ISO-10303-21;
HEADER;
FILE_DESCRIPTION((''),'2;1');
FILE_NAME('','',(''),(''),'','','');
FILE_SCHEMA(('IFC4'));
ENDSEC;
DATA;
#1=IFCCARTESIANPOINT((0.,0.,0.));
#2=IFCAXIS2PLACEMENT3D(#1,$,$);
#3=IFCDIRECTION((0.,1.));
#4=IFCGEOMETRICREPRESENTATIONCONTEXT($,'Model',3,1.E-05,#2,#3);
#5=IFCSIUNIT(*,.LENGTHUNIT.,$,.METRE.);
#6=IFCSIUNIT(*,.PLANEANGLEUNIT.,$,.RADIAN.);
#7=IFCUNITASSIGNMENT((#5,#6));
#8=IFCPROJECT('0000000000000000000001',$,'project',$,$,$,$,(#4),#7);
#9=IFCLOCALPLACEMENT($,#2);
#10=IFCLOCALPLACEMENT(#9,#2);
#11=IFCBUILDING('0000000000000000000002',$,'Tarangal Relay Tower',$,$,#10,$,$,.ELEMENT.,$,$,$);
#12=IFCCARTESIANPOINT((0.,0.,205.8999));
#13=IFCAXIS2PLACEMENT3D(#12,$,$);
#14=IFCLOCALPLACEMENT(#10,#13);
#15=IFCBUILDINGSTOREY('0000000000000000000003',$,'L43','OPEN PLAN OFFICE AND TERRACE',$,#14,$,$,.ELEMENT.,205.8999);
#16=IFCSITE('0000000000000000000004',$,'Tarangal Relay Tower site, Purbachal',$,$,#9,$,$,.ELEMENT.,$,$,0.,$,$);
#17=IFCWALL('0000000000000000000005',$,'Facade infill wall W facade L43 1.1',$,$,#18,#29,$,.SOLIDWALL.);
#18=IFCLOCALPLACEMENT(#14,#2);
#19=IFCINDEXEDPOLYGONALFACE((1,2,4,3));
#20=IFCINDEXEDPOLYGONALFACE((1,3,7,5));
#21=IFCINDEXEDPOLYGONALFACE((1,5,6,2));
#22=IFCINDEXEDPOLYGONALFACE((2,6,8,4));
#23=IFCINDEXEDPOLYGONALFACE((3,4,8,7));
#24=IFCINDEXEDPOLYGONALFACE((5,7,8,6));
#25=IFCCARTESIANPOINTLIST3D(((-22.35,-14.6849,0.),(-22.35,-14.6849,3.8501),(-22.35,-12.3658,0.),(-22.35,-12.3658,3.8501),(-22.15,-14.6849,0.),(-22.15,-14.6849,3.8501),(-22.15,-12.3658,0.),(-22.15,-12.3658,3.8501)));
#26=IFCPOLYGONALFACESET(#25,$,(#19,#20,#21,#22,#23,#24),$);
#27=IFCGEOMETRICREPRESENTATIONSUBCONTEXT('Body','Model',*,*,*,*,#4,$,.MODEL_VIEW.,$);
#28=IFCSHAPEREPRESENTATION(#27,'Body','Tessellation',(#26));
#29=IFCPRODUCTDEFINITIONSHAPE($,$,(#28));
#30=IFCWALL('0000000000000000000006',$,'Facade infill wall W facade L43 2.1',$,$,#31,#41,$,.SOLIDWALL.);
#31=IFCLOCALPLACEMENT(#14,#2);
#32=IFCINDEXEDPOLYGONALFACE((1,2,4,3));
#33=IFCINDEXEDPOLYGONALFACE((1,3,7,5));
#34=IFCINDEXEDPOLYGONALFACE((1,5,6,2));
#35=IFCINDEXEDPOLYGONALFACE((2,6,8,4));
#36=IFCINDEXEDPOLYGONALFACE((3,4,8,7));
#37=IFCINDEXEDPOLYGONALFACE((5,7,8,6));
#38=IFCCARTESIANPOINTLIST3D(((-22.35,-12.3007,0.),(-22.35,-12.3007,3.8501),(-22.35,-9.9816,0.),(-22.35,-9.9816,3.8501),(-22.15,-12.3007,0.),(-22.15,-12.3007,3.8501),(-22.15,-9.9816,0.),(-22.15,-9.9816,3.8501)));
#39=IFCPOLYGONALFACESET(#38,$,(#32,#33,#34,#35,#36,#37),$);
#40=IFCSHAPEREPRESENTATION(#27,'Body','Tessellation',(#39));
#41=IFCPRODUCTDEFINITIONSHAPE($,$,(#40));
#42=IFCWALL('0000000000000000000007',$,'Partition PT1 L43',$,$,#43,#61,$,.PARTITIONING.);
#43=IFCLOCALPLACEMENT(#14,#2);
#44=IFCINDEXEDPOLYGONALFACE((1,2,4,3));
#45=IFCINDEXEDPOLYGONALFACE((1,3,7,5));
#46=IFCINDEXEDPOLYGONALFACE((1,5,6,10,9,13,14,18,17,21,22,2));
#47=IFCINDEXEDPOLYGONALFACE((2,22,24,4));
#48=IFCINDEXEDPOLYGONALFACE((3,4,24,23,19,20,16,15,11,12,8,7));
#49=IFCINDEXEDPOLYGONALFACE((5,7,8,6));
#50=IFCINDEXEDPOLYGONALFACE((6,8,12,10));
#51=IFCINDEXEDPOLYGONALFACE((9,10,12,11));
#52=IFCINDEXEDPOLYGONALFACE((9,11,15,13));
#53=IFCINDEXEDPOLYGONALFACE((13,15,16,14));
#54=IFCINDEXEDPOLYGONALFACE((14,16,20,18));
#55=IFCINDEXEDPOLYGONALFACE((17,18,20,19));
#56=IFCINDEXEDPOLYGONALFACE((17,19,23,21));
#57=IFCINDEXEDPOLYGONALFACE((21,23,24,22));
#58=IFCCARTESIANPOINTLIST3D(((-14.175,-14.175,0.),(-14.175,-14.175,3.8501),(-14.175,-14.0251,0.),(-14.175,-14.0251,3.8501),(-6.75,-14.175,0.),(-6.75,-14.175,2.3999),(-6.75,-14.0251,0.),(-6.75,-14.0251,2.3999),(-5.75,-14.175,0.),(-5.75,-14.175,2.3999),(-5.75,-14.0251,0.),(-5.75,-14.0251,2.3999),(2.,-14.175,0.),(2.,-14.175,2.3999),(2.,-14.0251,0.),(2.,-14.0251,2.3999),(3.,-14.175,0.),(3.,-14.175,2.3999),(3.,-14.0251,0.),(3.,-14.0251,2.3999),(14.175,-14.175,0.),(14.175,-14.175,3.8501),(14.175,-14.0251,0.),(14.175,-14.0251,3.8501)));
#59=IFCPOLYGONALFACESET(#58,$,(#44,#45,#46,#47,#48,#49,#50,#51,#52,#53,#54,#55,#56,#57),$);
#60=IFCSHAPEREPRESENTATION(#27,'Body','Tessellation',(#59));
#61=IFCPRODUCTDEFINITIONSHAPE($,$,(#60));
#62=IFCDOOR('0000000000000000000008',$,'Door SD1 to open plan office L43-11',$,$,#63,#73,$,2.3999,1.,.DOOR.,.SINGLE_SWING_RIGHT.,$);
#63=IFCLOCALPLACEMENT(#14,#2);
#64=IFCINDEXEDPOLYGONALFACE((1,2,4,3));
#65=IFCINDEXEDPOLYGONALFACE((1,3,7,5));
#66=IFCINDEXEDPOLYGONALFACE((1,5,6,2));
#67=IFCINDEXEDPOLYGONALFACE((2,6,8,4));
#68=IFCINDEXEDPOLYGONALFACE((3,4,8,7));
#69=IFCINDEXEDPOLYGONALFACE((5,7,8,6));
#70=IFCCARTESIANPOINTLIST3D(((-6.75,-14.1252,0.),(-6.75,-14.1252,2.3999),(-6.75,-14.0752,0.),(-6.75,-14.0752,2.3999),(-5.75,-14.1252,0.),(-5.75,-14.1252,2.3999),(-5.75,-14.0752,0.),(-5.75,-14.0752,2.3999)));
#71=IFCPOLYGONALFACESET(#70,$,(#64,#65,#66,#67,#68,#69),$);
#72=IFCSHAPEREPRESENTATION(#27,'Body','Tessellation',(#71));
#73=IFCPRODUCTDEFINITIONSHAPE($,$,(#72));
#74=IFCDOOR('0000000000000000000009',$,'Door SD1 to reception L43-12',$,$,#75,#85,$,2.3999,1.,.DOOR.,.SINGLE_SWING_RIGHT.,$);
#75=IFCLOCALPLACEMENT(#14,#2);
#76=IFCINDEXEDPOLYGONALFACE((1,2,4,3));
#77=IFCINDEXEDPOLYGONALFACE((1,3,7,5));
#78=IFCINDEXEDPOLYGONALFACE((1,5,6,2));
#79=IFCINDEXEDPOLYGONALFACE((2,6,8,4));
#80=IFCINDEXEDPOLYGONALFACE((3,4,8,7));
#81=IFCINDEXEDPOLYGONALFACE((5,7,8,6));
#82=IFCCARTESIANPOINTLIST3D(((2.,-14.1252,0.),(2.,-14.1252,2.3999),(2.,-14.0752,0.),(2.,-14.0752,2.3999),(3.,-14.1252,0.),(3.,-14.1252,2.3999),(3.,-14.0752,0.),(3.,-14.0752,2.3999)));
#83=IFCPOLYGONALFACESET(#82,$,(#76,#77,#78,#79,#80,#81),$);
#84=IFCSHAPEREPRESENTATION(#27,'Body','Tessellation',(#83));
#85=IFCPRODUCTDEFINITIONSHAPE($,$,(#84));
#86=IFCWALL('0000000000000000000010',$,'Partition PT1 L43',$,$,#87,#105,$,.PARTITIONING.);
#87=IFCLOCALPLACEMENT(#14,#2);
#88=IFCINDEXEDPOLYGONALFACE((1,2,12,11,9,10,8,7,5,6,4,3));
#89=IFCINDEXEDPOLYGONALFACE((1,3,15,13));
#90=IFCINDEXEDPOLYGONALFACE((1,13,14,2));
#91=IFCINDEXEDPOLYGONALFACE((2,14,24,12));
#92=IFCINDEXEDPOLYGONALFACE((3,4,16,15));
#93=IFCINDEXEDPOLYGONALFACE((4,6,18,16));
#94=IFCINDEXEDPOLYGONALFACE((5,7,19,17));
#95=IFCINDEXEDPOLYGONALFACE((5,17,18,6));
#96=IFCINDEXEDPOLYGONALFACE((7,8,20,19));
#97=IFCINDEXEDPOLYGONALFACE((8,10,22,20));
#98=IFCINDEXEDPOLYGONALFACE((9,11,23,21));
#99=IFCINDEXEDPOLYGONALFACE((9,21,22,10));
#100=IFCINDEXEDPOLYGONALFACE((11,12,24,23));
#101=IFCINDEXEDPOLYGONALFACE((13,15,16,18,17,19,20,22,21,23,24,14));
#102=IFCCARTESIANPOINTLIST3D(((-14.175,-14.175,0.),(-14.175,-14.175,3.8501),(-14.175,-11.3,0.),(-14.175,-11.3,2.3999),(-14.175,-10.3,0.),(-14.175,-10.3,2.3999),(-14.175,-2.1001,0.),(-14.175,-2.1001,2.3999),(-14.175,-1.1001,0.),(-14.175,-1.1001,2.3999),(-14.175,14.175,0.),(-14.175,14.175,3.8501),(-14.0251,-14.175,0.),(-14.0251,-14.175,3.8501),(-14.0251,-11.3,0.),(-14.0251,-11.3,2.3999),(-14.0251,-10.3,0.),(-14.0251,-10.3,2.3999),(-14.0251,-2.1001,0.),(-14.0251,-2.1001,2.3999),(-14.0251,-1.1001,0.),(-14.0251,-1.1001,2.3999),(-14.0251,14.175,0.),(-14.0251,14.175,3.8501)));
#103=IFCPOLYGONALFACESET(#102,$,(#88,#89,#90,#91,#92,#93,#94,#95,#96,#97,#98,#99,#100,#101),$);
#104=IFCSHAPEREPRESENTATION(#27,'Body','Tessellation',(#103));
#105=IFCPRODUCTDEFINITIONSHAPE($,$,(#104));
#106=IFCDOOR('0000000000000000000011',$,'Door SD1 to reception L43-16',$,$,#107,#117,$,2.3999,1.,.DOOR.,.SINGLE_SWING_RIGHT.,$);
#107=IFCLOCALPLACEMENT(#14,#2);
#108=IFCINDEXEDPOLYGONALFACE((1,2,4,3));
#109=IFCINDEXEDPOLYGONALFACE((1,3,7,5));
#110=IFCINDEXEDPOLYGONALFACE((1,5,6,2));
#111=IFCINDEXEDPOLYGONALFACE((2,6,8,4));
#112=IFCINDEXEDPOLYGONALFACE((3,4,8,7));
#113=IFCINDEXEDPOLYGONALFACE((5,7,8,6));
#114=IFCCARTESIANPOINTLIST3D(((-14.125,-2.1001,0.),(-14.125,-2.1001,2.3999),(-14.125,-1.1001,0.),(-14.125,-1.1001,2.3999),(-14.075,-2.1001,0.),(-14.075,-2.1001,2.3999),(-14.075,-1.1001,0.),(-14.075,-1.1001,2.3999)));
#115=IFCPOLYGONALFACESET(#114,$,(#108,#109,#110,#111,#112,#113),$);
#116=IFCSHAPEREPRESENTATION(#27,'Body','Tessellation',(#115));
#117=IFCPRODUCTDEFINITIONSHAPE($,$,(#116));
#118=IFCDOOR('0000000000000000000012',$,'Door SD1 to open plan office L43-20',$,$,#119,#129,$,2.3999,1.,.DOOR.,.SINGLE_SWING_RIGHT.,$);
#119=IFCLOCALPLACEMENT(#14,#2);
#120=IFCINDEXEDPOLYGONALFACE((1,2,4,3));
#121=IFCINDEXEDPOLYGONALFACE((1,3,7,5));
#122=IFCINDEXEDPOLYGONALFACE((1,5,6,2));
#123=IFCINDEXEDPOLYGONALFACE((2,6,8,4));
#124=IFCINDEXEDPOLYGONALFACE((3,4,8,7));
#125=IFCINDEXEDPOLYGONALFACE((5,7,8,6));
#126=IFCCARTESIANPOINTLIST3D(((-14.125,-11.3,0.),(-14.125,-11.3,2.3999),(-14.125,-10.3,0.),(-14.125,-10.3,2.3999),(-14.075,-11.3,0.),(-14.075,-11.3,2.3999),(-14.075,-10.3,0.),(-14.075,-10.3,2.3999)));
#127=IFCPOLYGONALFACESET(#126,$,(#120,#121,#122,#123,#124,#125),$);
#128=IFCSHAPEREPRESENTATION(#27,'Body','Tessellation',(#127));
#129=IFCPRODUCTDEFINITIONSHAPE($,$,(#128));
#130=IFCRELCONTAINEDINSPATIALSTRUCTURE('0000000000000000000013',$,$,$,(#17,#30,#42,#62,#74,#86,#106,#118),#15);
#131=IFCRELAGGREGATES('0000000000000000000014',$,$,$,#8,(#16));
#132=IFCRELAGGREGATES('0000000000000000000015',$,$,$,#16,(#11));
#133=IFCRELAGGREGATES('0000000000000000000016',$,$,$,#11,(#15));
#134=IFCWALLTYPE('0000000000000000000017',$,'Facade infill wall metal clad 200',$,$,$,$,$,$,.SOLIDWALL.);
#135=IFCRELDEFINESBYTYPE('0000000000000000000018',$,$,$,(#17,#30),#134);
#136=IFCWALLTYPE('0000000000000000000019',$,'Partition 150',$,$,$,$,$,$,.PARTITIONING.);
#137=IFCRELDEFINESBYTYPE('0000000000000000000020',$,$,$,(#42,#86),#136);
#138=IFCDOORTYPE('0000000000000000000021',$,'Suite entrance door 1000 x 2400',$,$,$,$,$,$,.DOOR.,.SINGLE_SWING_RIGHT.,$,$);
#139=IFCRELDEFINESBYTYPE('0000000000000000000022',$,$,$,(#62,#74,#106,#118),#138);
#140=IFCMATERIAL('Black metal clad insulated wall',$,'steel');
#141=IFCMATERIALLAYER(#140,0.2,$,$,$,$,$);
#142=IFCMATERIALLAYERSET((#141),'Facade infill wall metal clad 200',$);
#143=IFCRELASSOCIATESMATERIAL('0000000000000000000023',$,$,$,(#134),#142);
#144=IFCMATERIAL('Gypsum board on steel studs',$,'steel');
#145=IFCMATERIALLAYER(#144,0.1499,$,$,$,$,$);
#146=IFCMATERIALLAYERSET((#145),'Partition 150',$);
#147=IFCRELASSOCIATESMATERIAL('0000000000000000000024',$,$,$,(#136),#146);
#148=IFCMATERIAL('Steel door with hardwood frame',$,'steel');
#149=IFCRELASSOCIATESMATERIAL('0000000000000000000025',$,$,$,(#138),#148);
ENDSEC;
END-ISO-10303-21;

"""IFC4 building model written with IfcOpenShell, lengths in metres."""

from ifc_helpers import new_model, si_unit, direction, frame, frame_2d, origin, place, context, subcontext, project, spatial, rectangle, extrude, material, layer, layer_set, type_object, element, fill, save


model = new_model("IFC4")

# Units and contexts
model_context = context("Model", 3, precision=1e-05, world=origin(), true_north=direction((0.0, 1.0)))
body_context = subcontext(model_context, "Body", "Model", "MODEL_VIEW")
ifc_project = project(units=[si_unit("LENGTHUNIT", "METRE"), si_unit("PLANEANGLEUNIT", "RADIAN")], contexts=[model_context])

# Site, building, storey
site_placement = place(None, origin())
site = spatial("IfcSite", under=ifc_project, at=site_placement, Name="Tarangal Relay Tower site, Purbachal", CompositionType="ELEMENT", RefElevation=0.0)
building_placement = place(site_placement, origin())
building = spatial("IfcBuilding", under=site, at=building_placement, Name="Tarangal Relay Tower", CompositionType="ELEMENT")
storey_placement = place(building_placement, frame((0.0, 0.0, 205.8999)))
storey = spatial("IfcBuildingStorey", under=building, at=storey_placement, Name="L43", Description="OPEN PLAN OFFICE AND TERRACE", CompositionType="ELEMENT", Elevation=205.8999)

# Shared definitions
ifc_material_1 = material(Name="Black metal clad insulated wall", Category="steel")

# Walls
ifc_layer_1 = layer(ifc_material_1, 0.2)
ifc_layer_set_1 = layer_set([ifc_layer_1], Name="Facade infill wall metal clad 200")
wall_type_1 = type_object("IfcWallType", Name="Facade infill wall metal clad 200", PredefinedType="SOLIDWALL", material=ifc_layer_set_1)
for number, where, z_axis, x_axis, name in (
    (1, (-22.25, -14.6851, 0.0), (0.0, 0.0, 1.0), (0.0, 1.0, 0.0), "Facade infill wall W facade L43 1.1"),
    (2, (-22.25, -12.3008, 0.0), (0.0, 0.0, 1.0), (0.0, 1.0, 0.0), "Facade infill wall W facade L43 2.1"),
):
    element("IfcWall", number, at=place(storey_placement, frame(where, z_axis=z_axis, x_axis=x_axis)), inside=storey, type_object=wall_type_1, Name=name, PredefinedType="SOLIDWALL", context=body_context, shape_type="SweptSolid", body=[
        extrude(rectangle(XDim=2.3191, YDim=0.2, at=frame_2d((1.1597, 0.0))), origin(), (0.0, 0.0, 1.0), 3.8501),
    ])

# Walls, openings, doors
ifc_material_2 = material(Name="Gypsum board on steel studs", Category="steel")
ifc_layer_2 = layer(ifc_material_2, 0.1499)
ifc_layer_set_2 = layer_set([ifc_layer_2], Name="Partition 150")
wall_type_2 = type_object("IfcWallType", Name="Partition 150", PredefinedType="PARTITIONING", material=ifc_layer_set_2)
wall_1_placement = place(storey_placement, frame((-14.175, -14.1001, 0.0), z_axis=(0.0, 0.0, 1.0), x_axis=(1.0, 0.0, 0.0)))
wall_1 = element("IfcWall", 3, at=wall_1_placement, inside=storey, type_object=wall_type_2, Name="Partition PT1 L43", PredefinedType="PARTITIONING", context=body_context, shape_type="SweptSolid", body=[
    extrude(rectangle(XDim=28.3501, YDim=0.1499, at=frame_2d((14.175, 0.0))), origin(), (0.0, 0.0, 1.0), 3.8501),
])
opening_1_placement = place(wall_1_placement, frame((7.425, 0.0, 0.0)))
opening_1 = element("IfcOpeningElement", 4, at=opening_1_placement, cuts=wall_1, PredefinedType="OPENING", context=body_context, shape_type="SweptSolid", body=[
    extrude(rectangle(XDim=1.0, YDim=2.3999, at=frame_2d((0.5, 1.2))), frame((0.0, 0.085, 0.0), z_axis=(0.0, -1.0, 0.0), x_axis=(1.0, 0.0, 0.0)), (0.0, 0.0, 1.0), 0.1699),
])
opening_2_placement = place(wall_1_placement, frame((16.175, 0.0, 0.0)))
opening_2 = element("IfcOpeningElement", 5, at=opening_2_placement, cuts=wall_1, PredefinedType="OPENING", context=body_context, shape_type="SweptSolid", body=[
    extrude(rectangle(XDim=1.0, YDim=2.3999, at=frame_2d((0.5, 1.2))), frame((0.0, 0.085, 0.0), z_axis=(0.0, -1.0, 0.0), x_axis=(1.0, 0.0, 0.0)), (0.0, 0.0, 1.0), 0.1699),
])
ifc_material_3 = material(Name="Steel door with hardwood frame", Category="steel")
door_type = type_object("IfcDoorType", Name="Suite entrance door 1000 x 2400", OperationType="SINGLE_SWING_RIGHT", PredefinedType="DOOR", material=ifc_material_3)
door_1_placement = place(opening_1_placement, origin())
door_1 = element("IfcDoor", 6, at=door_1_placement, inside=storey, type_object=door_type, Name="Door SD1 to open plan office L43-11", OperationType="SINGLE_SWING_RIGHT", OverallHeight=2.3999, OverallWidth=1.0, PredefinedType="DOOR", context=body_context, shape_type="SweptSolid", body=[
    extrude(rectangle(XDim=1.0, YDim=2.3999, at=frame_2d((0.5, 1.2))), frame((0.0, 0.0249, 0.0), z_axis=(0.0, -1.0, 0.0), x_axis=(1.0, 0.0, 0.0)), (0.0, 0.0, 1.0), 0.05),
])
fill(opening_1, door_1)
door_2_placement = place(opening_2_placement, origin())
door_2 = element("IfcDoor", 7, at=door_2_placement, inside=storey, type_object=door_type, Name="Door SD1 to reception L43-12", OperationType="SINGLE_SWING_RIGHT", OverallHeight=2.3999, OverallWidth=1.0, PredefinedType="DOOR", context=body_context, shape_type="SweptSolid", body=[
    extrude(rectangle(XDim=1.0, YDim=2.3999, at=frame_2d((0.5, 1.2))), frame((0.0, 0.0249, 0.0), z_axis=(0.0, -1.0, 0.0), x_axis=(1.0, 0.0, 0.0)), (0.0, 0.0, 1.0), 0.05),
])
fill(opening_2, door_2)
wall_2_placement = place(storey_placement, frame((-14.1001, -14.175, 0.0), z_axis=(0.0, 0.0, 1.0), x_axis=(0.0, 1.0, 0.0)))
wall_2 = element("IfcWall", 8, at=wall_2_placement, inside=storey, type_object=wall_type_2, Name="Partition PT1 L43", PredefinedType="PARTITIONING", context=body_context, shape_type="SweptSolid", body=[
    extrude(rectangle(XDim=28.3501, YDim=0.1499, at=frame_2d((14.175, 0.0))), origin(), (0.0, 0.0, 1.0), 3.8501),
])
opening_3_placement = place(wall_2_placement, frame((12.075, 0.0, 0.0)))
opening_3 = element("IfcOpeningElement", 9, at=opening_3_placement, cuts=wall_2, PredefinedType="OPENING", context=body_context, shape_type="SweptSolid", body=[
    extrude(rectangle(XDim=1.0, YDim=2.3999, at=frame_2d((0.5, 1.2))), frame((0.0, 0.085, 0.0), z_axis=(0.0, -1.0, 0.0), x_axis=(1.0, 0.0, 0.0)), (0.0, 0.0, 1.0), 0.1699),
])
opening_4_placement = place(wall_2_placement, frame((2.875, 0.0, 0.0)))
opening_4 = element("IfcOpeningElement", 10, at=opening_4_placement, cuts=wall_2, PredefinedType="OPENING", context=body_context, shape_type="SweptSolid", body=[
    extrude(rectangle(XDim=1.0, YDim=2.3999, at=frame_2d((0.5, 1.2))), frame((0.0, 0.085, 0.0), z_axis=(0.0, -1.0, 0.0), x_axis=(1.0, 0.0, 0.0)), (0.0, 0.0, 1.0), 0.1699),
])
door_3_placement = place(opening_3_placement, origin())
door_3 = element("IfcDoor", 11, at=door_3_placement, inside=storey, type_object=door_type, Name="Door SD1 to reception L43-16", OperationType="SINGLE_SWING_RIGHT", OverallHeight=2.3999, OverallWidth=1.0, PredefinedType="DOOR", context=body_context, shape_type="SweptSolid", body=[
    extrude(rectangle(XDim=1.0, YDim=2.3999, at=frame_2d((0.5, 1.2))), frame((0.0, 0.0249, 0.0), z_axis=(0.0, -1.0, 0.0), x_axis=(1.0, 0.0, 0.0)), (0.0, 0.0, 1.0), 0.05),
])
fill(opening_3, door_3)
door_4_placement = place(opening_4_placement, origin())
door_4 = element("IfcDoor", 12, at=door_4_placement, inside=storey, type_object=door_type, Name="Door SD1 to open plan office L43-20", OperationType="SINGLE_SWING_RIGHT", OverallHeight=2.3999, OverallWidth=1.0, PredefinedType="DOOR", context=body_context, shape_type="SweptSolid", body=[
    extrude(rectangle(XDim=1.0, YDim=2.3999, at=frame_2d((0.5, 1.2))), frame((0.0, 0.0249, 0.0), z_axis=(0.0, -1.0, 0.0), x_axis=(1.0, 0.0, 0.0)), (0.0, 0.0, 1.0), 0.05),
])
fill(opening_4, door_4)

save(model, "model.ifc")
